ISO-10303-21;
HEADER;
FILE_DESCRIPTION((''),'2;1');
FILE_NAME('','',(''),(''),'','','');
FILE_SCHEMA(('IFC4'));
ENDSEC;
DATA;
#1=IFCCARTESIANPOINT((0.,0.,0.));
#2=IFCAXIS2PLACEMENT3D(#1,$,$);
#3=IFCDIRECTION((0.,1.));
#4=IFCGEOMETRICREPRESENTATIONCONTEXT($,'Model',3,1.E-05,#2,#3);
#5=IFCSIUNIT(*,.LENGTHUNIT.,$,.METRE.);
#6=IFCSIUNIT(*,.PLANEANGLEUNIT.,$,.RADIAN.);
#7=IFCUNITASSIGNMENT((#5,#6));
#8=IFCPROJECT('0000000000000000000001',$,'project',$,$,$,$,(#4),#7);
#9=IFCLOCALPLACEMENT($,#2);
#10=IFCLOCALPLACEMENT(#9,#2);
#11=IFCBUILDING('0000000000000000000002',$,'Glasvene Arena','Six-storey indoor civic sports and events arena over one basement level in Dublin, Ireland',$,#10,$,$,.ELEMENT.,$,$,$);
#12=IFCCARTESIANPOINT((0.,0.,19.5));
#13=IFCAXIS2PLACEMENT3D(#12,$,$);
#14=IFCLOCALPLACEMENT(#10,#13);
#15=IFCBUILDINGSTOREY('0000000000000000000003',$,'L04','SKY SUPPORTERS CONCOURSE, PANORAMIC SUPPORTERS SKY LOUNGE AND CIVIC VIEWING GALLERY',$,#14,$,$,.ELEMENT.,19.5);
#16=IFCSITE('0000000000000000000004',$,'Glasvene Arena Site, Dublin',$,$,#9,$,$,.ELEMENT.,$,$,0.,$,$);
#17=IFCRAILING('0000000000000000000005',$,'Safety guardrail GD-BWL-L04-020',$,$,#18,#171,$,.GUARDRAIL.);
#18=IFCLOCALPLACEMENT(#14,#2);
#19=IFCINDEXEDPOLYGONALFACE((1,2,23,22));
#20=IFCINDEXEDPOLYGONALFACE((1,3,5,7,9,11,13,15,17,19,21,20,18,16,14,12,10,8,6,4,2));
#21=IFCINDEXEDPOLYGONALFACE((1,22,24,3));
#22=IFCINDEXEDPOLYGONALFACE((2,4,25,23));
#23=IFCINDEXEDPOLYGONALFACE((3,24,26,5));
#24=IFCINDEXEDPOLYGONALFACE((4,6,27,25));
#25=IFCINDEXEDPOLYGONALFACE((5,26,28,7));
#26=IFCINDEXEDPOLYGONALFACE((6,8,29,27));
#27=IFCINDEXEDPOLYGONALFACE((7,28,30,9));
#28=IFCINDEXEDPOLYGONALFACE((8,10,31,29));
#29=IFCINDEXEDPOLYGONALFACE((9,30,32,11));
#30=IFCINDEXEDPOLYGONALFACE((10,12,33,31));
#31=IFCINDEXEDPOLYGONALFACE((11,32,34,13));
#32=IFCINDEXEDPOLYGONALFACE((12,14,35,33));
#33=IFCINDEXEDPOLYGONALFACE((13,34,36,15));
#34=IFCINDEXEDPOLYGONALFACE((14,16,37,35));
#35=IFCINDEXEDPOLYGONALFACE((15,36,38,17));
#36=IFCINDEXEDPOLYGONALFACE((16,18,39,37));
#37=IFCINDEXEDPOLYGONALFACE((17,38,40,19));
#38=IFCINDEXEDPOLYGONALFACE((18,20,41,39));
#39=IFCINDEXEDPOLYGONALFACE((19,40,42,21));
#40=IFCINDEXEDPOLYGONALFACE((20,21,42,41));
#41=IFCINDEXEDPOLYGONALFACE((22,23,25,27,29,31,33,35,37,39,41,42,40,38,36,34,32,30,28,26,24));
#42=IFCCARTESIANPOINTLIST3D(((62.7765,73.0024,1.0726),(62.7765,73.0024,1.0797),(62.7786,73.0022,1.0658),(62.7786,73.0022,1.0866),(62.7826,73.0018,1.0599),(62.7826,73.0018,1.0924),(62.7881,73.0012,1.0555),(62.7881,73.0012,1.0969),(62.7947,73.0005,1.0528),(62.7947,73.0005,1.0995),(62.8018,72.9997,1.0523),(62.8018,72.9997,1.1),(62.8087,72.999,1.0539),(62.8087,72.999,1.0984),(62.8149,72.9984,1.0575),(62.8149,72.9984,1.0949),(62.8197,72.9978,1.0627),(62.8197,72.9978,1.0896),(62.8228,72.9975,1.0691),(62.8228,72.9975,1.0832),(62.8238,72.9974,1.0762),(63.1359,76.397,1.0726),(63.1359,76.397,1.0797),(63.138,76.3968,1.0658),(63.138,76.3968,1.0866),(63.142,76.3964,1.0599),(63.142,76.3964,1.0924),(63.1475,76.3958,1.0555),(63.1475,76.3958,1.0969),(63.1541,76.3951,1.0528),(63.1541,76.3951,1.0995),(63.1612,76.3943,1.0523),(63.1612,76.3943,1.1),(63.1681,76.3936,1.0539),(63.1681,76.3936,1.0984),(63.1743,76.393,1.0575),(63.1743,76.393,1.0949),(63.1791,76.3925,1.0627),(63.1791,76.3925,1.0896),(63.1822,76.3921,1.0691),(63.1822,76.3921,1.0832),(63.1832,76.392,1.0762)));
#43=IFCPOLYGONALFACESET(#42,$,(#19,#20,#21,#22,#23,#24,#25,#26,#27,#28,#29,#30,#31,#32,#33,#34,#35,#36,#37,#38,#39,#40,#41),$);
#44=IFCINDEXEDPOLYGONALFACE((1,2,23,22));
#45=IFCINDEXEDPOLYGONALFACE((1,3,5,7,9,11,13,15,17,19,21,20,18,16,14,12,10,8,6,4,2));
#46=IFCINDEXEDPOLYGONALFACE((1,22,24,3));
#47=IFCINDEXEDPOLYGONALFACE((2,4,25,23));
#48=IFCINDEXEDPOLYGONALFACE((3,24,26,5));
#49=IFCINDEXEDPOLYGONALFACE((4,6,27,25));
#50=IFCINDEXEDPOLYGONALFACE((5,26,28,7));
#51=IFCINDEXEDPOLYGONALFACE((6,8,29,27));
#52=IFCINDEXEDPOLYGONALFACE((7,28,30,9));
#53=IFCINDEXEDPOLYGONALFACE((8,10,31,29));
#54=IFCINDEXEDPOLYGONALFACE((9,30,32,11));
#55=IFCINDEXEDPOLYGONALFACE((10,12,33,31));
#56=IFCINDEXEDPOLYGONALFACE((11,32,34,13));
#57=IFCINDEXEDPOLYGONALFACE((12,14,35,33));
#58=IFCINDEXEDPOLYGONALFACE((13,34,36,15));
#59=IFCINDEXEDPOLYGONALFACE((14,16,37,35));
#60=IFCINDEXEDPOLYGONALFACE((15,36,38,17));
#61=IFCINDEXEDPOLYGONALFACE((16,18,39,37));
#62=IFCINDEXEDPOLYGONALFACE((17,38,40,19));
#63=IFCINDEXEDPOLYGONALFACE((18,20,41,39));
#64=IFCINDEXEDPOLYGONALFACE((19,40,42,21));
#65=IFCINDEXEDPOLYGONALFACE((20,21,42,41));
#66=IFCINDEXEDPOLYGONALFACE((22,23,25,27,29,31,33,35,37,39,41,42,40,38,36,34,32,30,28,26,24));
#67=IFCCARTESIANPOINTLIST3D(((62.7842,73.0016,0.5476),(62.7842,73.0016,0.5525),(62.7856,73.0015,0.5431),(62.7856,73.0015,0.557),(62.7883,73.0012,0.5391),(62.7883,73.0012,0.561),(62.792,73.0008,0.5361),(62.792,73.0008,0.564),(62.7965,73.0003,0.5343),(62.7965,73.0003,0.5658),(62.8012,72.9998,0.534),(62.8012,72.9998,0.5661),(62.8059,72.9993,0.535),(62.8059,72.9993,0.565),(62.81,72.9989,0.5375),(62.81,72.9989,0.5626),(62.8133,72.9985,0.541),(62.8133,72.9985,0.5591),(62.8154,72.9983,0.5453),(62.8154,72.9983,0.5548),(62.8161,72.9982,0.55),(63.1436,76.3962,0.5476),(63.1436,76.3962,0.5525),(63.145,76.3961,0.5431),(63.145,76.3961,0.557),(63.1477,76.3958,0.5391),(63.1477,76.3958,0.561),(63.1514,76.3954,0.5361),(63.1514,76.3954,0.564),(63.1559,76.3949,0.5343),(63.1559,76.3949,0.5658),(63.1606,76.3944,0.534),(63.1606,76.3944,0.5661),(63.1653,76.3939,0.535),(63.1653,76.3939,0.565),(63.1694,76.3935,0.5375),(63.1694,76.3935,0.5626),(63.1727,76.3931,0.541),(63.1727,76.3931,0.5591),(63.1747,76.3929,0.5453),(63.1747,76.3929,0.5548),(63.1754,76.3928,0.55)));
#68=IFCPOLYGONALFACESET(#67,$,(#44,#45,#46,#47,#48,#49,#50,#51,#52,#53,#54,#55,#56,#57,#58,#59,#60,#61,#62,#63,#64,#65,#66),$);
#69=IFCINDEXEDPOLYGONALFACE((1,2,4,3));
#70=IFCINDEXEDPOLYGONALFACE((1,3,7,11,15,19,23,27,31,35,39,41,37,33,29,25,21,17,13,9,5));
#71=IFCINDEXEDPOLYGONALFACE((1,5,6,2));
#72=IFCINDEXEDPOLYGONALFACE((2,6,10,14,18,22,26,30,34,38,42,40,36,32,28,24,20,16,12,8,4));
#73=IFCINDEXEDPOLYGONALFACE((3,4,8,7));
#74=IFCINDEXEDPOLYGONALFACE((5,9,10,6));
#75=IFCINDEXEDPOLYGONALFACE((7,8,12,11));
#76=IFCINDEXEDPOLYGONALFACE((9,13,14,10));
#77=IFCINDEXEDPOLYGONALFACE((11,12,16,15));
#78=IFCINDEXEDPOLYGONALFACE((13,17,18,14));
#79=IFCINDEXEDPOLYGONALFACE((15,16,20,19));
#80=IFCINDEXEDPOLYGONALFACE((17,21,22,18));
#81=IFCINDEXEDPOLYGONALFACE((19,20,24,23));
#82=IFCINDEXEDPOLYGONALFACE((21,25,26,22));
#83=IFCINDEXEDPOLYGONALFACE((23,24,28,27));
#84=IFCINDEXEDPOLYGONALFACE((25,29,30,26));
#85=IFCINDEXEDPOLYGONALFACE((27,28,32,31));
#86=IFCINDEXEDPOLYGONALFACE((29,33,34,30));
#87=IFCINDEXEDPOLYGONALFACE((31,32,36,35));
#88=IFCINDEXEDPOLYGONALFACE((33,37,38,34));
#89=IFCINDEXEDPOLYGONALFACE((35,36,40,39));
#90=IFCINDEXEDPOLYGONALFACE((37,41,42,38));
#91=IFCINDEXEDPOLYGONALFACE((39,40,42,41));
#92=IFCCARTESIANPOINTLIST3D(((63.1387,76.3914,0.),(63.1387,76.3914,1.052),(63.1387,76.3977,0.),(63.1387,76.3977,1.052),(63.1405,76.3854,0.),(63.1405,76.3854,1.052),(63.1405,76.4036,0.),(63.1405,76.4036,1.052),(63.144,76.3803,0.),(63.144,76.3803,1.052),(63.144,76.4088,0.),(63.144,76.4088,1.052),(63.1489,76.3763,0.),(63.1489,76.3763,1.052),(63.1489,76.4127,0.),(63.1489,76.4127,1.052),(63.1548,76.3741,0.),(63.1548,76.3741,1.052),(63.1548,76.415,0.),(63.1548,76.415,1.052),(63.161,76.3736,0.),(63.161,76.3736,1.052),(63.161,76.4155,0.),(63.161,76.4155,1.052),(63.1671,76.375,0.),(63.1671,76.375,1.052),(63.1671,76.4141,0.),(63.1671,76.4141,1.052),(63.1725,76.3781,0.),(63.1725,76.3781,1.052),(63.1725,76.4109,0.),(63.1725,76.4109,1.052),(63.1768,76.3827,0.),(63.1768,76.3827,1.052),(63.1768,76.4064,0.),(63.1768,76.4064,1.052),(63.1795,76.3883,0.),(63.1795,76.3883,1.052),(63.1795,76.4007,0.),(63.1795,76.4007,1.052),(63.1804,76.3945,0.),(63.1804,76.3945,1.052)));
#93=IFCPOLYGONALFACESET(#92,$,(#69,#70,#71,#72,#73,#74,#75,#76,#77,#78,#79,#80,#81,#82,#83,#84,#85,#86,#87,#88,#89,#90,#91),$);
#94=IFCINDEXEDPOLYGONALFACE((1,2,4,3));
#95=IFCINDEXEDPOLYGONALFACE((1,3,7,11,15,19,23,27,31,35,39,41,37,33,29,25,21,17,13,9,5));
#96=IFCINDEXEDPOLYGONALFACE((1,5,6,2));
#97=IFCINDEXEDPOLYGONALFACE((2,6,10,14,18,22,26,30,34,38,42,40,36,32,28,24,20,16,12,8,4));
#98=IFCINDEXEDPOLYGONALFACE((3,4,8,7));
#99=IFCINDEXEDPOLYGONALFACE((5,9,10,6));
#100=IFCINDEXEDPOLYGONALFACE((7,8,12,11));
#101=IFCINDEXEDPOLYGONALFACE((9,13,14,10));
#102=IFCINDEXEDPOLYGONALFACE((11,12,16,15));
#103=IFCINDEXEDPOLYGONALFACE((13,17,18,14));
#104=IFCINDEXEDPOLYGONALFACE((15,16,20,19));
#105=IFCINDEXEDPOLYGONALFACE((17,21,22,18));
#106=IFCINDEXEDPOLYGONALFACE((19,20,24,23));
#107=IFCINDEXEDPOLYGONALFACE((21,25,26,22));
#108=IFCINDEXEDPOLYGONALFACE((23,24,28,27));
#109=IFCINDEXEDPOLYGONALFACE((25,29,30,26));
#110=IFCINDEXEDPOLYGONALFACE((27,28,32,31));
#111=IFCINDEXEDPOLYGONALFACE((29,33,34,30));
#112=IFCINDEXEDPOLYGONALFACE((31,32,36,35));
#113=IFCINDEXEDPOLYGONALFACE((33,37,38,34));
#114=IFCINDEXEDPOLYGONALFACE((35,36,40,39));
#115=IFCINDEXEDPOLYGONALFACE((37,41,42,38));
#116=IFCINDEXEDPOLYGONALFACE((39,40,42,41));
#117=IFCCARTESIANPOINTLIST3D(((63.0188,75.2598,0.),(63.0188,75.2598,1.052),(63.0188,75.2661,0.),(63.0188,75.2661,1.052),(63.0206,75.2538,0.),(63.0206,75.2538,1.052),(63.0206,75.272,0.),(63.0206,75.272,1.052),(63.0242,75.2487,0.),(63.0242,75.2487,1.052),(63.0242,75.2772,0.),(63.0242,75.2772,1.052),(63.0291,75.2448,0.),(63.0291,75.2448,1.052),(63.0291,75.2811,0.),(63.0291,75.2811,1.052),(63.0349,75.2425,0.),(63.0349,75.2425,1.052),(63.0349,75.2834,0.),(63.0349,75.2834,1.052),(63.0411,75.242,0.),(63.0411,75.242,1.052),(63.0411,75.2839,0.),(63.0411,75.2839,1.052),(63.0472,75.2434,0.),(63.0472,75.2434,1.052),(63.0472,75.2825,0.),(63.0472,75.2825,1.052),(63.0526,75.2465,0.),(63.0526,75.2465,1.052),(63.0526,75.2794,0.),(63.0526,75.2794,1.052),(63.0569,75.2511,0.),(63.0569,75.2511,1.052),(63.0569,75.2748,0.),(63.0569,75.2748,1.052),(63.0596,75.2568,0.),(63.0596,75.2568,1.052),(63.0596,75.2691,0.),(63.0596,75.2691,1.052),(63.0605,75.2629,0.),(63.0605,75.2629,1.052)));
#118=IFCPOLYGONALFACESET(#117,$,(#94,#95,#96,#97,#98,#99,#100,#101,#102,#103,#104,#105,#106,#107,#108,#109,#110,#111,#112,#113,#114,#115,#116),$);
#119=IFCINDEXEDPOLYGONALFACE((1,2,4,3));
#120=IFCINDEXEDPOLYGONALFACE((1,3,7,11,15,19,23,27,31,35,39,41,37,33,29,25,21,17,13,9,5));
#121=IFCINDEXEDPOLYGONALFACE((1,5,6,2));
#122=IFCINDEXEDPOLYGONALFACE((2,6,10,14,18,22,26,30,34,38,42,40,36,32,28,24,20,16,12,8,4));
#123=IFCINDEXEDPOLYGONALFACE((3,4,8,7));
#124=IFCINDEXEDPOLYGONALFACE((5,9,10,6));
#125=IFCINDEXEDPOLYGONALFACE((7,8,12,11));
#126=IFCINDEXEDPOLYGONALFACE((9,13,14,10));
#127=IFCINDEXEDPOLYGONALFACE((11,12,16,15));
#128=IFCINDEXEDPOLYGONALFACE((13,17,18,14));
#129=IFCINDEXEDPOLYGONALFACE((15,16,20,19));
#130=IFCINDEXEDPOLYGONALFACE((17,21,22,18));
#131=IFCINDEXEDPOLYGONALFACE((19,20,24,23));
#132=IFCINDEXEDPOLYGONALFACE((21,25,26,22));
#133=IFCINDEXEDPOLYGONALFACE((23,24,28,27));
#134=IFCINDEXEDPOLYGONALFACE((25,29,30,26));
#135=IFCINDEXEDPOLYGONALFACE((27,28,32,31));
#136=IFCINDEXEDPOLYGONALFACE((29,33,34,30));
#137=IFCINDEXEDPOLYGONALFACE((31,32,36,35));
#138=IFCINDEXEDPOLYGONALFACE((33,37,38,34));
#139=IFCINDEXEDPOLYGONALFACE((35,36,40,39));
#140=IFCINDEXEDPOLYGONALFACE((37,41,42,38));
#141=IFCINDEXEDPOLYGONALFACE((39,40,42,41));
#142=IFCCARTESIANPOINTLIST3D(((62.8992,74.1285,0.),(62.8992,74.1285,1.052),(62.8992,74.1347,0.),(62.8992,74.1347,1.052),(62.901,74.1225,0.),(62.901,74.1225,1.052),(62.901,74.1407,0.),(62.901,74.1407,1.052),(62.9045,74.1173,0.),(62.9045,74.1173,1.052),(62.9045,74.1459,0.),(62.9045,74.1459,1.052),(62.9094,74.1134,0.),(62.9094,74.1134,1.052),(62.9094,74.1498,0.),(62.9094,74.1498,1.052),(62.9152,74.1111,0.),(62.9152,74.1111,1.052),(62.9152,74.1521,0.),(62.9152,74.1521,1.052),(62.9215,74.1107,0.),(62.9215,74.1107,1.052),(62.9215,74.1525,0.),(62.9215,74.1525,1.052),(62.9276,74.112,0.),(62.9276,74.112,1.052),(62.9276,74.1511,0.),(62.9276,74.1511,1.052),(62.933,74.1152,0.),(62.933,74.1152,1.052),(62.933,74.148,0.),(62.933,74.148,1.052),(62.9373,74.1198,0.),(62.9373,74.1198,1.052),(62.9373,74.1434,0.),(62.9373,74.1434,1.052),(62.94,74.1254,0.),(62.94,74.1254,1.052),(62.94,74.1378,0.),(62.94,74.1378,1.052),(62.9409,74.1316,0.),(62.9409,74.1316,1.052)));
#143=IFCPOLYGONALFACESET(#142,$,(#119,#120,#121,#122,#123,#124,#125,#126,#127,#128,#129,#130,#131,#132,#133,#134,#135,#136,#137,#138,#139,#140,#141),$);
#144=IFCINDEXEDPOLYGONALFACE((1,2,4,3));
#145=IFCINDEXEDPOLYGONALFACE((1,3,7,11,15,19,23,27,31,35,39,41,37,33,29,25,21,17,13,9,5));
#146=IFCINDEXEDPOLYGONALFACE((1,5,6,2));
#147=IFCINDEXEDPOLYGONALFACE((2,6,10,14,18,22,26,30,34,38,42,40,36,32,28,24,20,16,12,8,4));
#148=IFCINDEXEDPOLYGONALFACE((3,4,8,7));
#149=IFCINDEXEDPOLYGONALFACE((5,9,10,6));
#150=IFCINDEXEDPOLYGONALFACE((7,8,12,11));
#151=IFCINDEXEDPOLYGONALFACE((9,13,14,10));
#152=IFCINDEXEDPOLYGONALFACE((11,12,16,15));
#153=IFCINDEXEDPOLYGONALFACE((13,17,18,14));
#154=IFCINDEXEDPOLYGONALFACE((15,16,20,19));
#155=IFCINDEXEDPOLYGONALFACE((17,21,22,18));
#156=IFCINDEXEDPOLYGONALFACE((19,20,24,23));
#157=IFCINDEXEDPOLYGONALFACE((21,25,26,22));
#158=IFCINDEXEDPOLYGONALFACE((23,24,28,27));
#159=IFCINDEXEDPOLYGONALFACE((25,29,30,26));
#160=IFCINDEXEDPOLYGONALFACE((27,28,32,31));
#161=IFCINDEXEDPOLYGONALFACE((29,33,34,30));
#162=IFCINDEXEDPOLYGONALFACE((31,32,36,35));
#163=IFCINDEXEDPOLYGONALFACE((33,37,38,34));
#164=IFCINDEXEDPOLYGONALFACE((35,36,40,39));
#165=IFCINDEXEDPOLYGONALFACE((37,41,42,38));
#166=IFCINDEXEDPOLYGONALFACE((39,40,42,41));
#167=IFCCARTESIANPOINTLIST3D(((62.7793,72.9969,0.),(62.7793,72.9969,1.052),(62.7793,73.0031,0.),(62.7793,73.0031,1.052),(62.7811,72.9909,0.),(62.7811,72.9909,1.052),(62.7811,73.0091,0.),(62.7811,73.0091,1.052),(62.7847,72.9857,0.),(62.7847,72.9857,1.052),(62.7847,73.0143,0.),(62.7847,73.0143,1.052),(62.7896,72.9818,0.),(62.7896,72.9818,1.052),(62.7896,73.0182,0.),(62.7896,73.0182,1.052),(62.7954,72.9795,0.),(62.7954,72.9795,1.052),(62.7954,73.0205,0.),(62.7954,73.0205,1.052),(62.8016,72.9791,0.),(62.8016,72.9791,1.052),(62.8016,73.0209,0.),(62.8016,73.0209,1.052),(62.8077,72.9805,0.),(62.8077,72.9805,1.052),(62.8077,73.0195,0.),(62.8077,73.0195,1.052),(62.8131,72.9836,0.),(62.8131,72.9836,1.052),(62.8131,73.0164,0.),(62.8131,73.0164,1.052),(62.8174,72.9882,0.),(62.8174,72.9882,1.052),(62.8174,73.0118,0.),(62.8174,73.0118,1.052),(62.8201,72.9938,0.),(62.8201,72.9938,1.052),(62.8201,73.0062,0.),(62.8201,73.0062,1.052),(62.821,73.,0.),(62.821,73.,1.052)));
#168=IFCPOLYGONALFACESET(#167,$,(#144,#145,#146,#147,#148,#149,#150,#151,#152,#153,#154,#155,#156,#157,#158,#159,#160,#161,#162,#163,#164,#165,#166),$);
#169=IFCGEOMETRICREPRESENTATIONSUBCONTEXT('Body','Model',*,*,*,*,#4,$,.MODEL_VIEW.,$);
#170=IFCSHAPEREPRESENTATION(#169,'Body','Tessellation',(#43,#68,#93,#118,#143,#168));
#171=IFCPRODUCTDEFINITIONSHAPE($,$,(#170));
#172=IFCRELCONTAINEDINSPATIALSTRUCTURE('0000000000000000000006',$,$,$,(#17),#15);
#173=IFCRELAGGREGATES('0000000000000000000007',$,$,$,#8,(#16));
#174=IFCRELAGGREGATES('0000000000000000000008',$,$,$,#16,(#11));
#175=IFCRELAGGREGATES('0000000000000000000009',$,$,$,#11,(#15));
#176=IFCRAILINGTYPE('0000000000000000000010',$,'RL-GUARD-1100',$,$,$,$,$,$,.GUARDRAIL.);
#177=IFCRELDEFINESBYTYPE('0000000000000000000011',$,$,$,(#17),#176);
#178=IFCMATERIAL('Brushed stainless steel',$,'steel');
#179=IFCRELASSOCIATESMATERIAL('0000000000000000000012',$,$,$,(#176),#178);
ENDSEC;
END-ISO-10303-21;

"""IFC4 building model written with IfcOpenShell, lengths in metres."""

from ifc_helpers import new_model, si_unit, direction, frame, origin, origin_2d, place, context, subcontext, project, spatial, circle, extrude, material, type_object, element, save


model = new_model("IFC4")

# Units and contexts
model_context = context("Model", 3, precision=1e-05, world=origin(), true_north=direction((0.0, 1.0)))
body_context = subcontext(model_context, "Body", "Model", "MODEL_VIEW")
ifc_project = project(units=[si_unit("LENGTHUNIT", "METRE"), si_unit("PLANEANGLEUNIT", "RADIAN")], contexts=[model_context])

# Site, building, storey
site_placement = place(None, origin())
site = spatial("IfcSite", under=ifc_project, at=site_placement, Name="Glasvene Arena Site, Dublin", CompositionType="ELEMENT", RefElevation=0.0)
building_placement = place(site_placement, origin())
building = spatial("IfcBuilding", under=site, at=building_placement, Name="Glasvene Arena", Description="Six-storey indoor civic sports and events arena over one basement level in Dublin, Ireland", CompositionType="ELEMENT")
storey_placement = place(building_placement, frame((0.0, 0.0, 19.5)))
storey = spatial("IfcBuildingStorey", under=building, at=storey_placement, Name="L04", Description="SKY SUPPORTERS CONCOURSE, PANORAMIC SUPPORTERS SKY LOUNGE AND CIVIC VIEWING GALLERY", CompositionType="ELEMENT", Elevation=19.5)

# Railing
ifc_material_1 = material(Name="Brushed stainless steel", Category="steel")
railing_type = type_object("IfcRailingType", Name="RL-GUARD-1100", PredefinedType="GUARDRAIL", material=ifc_material_1)
railing_1_placement = place(storey_placement, frame((63.1594, 76.3945, 0.0)))
element("IfcRailing", 1, at=railing_1_placement, inside=storey, type_object=railing_type, Name="Safety guardrail GD-BWL-L04-020", PredefinedType="GUARDRAIL", context=body_context, shape_type="SweptSolid", body=[
    extrude(circle(Radius=0.0239, at=origin_2d()), frame((0.0, 0.0, 1.0762), z_axis=(-0.10528, -0.994443, 0.0), x_axis=(0.994443, -0.10528, 0.0)), (0.0, 0.0, 1.0), 3.4136),
    extrude(circle(Radius=0.0161, at=origin_2d()), frame((0.0, 0.0, 0.55), z_axis=(-0.10528, -0.994443, 0.0), x_axis=(0.994443, -0.10528, 0.0)), (0.0, 0.0, 1.0), 3.4136),
    extrude(circle(Radius=0.021, at=origin_2d()), origin(), (0.0, 0.0, 1.0), 1.052),
    extrude(circle(Radius=0.021, at=origin_2d()), frame((-0.1199, -1.1316, 0.0)), (0.0, 0.0, 1.0), 1.052),
    extrude(circle(Radius=0.021, at=origin_2d()), frame((-0.2395, -2.2629, 0.0)), (0.0, 0.0, 1.0), 1.052),
    extrude(circle(Radius=0.021, at=origin_2d()), frame((-0.3594, -3.3945, 0.0)), (0.0, 0.0, 1.0), 1.052),
])

save(model, "model.ifc")
